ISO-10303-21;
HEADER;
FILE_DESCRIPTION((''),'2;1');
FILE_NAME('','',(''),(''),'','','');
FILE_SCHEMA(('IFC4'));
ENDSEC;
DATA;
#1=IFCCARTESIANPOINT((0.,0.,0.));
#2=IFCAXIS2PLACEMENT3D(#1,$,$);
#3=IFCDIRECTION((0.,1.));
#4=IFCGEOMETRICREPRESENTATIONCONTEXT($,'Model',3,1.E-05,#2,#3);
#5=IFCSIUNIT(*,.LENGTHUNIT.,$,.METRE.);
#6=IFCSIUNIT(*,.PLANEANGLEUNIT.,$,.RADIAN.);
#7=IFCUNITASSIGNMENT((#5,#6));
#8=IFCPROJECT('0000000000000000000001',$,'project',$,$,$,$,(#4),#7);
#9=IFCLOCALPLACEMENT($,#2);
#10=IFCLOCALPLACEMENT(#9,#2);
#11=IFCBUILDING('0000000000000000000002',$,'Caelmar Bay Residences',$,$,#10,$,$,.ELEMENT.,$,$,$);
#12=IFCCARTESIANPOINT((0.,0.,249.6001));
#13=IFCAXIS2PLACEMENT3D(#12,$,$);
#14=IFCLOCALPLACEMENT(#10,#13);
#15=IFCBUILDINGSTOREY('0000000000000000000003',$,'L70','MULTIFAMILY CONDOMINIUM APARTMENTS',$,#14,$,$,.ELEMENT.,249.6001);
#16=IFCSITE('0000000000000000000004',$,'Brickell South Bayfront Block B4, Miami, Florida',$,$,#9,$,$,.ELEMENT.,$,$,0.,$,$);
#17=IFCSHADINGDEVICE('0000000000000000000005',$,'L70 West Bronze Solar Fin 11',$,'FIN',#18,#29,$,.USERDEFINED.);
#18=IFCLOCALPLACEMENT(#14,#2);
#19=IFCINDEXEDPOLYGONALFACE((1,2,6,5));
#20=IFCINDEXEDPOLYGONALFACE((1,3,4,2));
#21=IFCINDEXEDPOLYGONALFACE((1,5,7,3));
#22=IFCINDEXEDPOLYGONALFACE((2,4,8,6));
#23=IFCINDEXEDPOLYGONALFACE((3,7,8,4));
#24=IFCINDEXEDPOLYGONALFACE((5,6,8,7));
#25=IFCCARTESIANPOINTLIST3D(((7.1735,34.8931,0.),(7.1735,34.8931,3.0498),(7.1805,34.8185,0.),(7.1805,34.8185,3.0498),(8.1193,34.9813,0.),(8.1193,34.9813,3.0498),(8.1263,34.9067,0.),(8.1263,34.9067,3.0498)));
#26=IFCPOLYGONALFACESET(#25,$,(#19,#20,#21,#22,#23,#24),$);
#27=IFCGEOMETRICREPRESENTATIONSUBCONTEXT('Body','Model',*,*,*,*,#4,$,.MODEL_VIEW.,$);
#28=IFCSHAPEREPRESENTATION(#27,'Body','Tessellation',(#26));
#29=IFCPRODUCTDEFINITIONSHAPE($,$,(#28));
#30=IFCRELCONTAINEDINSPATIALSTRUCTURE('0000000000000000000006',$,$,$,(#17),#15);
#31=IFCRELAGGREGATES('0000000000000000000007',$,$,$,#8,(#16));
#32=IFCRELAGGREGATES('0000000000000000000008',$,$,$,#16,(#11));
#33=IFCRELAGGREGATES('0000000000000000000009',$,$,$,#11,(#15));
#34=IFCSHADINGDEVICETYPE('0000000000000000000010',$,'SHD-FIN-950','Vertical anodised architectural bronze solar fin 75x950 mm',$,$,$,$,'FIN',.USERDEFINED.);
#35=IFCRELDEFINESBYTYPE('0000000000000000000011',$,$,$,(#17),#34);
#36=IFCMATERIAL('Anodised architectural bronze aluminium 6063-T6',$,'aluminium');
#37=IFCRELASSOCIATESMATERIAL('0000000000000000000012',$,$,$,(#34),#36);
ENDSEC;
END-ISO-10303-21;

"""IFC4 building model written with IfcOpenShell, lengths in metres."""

from ifc_helpers import new_model, si_unit, direction, frame, origin, origin_2d, place, context, subcontext, project, spatial, rectangle, extrude, material, material_profile, profile_set, type_object, element, save


model = new_model("IFC4")

# Units and contexts
model_context = context("Model", 3, precision=1e-05, world=origin(), true_north=direction((0.0, 1.0)))
body_context = subcontext(model_context, "Body", "Model", "MODEL_VIEW")
ifc_project = project(units=[si_unit("LENGTHUNIT", "METRE"), si_unit("PLANEANGLEUNIT", "RADIAN")], contexts=[model_context])

# Site, building, storey
site_placement = place(None, origin())
site = spatial("IfcSite", under=ifc_project, at=site_placement, Name="Brickell South Bayfront Block B4, Miami, Florida", CompositionType="ELEMENT", RefElevation=0.0)
building_placement = place(site_placement, origin())
building = spatial("IfcBuilding", under=site, at=building_placement, Name="Caelmar Bay Residences", CompositionType="ELEMENT")
storey_placement = place(building_placement, frame((0.0, 0.0, 249.6001)))
storey = spatial("IfcBuildingStorey", under=building, at=storey_placement, Name="L70", Description="MULTIFAMILY CONDOMINIUM APARTMENTS", CompositionType="ELEMENT", Elevation=249.6001)

# Shading device
ifc_material_1 = material(Name="Anodised architectural bronze aluminium 6063-T6", Category="aluminium")
ifc_material_profile_1 = material_profile(ifc_material_1, rectangle(XDim=0.075, YDim=0.95, at=origin_2d()), Name="BRONZE-FIN-75X950")
ifc_profile_set_1 = profile_set([ifc_material_profile_1], Name="Anodised architectural bronze aluminium 6063-T6")
shading_device_type = type_object("IfcShadingDeviceType", Name="SHD-FIN-950", Description="Vertical anodised architectural bronze solar fin 75x950 mm", ElementType="FIN", PredefinedType="USERDEFINED", material=ifc_profile_set_1)
for number, where, z_axis, x_axis, name in (
    (1, (7.6499, 34.8999, 0.0), (0.0, 0.0, 1.0), (-0.092892, 0.995676, 0.0), "L70 West Bronze Solar Fin 11"),
):
    element("IfcShadingDevice", number, at=place(storey_placement, frame(where, z_axis=z_axis, x_axis=x_axis)), inside=storey, type_object=shading_device_type, Name=name, ObjectType="FIN", PredefinedType="USERDEFINED", context=body_context, shape_type="SweptSolid", body=[
        extrude(rectangle(XDim=0.075, YDim=0.95, at=origin_2d()), origin(), (0.0, 0.0, 1.0), 3.0498),
    ])

save(model, "model.ifc")
